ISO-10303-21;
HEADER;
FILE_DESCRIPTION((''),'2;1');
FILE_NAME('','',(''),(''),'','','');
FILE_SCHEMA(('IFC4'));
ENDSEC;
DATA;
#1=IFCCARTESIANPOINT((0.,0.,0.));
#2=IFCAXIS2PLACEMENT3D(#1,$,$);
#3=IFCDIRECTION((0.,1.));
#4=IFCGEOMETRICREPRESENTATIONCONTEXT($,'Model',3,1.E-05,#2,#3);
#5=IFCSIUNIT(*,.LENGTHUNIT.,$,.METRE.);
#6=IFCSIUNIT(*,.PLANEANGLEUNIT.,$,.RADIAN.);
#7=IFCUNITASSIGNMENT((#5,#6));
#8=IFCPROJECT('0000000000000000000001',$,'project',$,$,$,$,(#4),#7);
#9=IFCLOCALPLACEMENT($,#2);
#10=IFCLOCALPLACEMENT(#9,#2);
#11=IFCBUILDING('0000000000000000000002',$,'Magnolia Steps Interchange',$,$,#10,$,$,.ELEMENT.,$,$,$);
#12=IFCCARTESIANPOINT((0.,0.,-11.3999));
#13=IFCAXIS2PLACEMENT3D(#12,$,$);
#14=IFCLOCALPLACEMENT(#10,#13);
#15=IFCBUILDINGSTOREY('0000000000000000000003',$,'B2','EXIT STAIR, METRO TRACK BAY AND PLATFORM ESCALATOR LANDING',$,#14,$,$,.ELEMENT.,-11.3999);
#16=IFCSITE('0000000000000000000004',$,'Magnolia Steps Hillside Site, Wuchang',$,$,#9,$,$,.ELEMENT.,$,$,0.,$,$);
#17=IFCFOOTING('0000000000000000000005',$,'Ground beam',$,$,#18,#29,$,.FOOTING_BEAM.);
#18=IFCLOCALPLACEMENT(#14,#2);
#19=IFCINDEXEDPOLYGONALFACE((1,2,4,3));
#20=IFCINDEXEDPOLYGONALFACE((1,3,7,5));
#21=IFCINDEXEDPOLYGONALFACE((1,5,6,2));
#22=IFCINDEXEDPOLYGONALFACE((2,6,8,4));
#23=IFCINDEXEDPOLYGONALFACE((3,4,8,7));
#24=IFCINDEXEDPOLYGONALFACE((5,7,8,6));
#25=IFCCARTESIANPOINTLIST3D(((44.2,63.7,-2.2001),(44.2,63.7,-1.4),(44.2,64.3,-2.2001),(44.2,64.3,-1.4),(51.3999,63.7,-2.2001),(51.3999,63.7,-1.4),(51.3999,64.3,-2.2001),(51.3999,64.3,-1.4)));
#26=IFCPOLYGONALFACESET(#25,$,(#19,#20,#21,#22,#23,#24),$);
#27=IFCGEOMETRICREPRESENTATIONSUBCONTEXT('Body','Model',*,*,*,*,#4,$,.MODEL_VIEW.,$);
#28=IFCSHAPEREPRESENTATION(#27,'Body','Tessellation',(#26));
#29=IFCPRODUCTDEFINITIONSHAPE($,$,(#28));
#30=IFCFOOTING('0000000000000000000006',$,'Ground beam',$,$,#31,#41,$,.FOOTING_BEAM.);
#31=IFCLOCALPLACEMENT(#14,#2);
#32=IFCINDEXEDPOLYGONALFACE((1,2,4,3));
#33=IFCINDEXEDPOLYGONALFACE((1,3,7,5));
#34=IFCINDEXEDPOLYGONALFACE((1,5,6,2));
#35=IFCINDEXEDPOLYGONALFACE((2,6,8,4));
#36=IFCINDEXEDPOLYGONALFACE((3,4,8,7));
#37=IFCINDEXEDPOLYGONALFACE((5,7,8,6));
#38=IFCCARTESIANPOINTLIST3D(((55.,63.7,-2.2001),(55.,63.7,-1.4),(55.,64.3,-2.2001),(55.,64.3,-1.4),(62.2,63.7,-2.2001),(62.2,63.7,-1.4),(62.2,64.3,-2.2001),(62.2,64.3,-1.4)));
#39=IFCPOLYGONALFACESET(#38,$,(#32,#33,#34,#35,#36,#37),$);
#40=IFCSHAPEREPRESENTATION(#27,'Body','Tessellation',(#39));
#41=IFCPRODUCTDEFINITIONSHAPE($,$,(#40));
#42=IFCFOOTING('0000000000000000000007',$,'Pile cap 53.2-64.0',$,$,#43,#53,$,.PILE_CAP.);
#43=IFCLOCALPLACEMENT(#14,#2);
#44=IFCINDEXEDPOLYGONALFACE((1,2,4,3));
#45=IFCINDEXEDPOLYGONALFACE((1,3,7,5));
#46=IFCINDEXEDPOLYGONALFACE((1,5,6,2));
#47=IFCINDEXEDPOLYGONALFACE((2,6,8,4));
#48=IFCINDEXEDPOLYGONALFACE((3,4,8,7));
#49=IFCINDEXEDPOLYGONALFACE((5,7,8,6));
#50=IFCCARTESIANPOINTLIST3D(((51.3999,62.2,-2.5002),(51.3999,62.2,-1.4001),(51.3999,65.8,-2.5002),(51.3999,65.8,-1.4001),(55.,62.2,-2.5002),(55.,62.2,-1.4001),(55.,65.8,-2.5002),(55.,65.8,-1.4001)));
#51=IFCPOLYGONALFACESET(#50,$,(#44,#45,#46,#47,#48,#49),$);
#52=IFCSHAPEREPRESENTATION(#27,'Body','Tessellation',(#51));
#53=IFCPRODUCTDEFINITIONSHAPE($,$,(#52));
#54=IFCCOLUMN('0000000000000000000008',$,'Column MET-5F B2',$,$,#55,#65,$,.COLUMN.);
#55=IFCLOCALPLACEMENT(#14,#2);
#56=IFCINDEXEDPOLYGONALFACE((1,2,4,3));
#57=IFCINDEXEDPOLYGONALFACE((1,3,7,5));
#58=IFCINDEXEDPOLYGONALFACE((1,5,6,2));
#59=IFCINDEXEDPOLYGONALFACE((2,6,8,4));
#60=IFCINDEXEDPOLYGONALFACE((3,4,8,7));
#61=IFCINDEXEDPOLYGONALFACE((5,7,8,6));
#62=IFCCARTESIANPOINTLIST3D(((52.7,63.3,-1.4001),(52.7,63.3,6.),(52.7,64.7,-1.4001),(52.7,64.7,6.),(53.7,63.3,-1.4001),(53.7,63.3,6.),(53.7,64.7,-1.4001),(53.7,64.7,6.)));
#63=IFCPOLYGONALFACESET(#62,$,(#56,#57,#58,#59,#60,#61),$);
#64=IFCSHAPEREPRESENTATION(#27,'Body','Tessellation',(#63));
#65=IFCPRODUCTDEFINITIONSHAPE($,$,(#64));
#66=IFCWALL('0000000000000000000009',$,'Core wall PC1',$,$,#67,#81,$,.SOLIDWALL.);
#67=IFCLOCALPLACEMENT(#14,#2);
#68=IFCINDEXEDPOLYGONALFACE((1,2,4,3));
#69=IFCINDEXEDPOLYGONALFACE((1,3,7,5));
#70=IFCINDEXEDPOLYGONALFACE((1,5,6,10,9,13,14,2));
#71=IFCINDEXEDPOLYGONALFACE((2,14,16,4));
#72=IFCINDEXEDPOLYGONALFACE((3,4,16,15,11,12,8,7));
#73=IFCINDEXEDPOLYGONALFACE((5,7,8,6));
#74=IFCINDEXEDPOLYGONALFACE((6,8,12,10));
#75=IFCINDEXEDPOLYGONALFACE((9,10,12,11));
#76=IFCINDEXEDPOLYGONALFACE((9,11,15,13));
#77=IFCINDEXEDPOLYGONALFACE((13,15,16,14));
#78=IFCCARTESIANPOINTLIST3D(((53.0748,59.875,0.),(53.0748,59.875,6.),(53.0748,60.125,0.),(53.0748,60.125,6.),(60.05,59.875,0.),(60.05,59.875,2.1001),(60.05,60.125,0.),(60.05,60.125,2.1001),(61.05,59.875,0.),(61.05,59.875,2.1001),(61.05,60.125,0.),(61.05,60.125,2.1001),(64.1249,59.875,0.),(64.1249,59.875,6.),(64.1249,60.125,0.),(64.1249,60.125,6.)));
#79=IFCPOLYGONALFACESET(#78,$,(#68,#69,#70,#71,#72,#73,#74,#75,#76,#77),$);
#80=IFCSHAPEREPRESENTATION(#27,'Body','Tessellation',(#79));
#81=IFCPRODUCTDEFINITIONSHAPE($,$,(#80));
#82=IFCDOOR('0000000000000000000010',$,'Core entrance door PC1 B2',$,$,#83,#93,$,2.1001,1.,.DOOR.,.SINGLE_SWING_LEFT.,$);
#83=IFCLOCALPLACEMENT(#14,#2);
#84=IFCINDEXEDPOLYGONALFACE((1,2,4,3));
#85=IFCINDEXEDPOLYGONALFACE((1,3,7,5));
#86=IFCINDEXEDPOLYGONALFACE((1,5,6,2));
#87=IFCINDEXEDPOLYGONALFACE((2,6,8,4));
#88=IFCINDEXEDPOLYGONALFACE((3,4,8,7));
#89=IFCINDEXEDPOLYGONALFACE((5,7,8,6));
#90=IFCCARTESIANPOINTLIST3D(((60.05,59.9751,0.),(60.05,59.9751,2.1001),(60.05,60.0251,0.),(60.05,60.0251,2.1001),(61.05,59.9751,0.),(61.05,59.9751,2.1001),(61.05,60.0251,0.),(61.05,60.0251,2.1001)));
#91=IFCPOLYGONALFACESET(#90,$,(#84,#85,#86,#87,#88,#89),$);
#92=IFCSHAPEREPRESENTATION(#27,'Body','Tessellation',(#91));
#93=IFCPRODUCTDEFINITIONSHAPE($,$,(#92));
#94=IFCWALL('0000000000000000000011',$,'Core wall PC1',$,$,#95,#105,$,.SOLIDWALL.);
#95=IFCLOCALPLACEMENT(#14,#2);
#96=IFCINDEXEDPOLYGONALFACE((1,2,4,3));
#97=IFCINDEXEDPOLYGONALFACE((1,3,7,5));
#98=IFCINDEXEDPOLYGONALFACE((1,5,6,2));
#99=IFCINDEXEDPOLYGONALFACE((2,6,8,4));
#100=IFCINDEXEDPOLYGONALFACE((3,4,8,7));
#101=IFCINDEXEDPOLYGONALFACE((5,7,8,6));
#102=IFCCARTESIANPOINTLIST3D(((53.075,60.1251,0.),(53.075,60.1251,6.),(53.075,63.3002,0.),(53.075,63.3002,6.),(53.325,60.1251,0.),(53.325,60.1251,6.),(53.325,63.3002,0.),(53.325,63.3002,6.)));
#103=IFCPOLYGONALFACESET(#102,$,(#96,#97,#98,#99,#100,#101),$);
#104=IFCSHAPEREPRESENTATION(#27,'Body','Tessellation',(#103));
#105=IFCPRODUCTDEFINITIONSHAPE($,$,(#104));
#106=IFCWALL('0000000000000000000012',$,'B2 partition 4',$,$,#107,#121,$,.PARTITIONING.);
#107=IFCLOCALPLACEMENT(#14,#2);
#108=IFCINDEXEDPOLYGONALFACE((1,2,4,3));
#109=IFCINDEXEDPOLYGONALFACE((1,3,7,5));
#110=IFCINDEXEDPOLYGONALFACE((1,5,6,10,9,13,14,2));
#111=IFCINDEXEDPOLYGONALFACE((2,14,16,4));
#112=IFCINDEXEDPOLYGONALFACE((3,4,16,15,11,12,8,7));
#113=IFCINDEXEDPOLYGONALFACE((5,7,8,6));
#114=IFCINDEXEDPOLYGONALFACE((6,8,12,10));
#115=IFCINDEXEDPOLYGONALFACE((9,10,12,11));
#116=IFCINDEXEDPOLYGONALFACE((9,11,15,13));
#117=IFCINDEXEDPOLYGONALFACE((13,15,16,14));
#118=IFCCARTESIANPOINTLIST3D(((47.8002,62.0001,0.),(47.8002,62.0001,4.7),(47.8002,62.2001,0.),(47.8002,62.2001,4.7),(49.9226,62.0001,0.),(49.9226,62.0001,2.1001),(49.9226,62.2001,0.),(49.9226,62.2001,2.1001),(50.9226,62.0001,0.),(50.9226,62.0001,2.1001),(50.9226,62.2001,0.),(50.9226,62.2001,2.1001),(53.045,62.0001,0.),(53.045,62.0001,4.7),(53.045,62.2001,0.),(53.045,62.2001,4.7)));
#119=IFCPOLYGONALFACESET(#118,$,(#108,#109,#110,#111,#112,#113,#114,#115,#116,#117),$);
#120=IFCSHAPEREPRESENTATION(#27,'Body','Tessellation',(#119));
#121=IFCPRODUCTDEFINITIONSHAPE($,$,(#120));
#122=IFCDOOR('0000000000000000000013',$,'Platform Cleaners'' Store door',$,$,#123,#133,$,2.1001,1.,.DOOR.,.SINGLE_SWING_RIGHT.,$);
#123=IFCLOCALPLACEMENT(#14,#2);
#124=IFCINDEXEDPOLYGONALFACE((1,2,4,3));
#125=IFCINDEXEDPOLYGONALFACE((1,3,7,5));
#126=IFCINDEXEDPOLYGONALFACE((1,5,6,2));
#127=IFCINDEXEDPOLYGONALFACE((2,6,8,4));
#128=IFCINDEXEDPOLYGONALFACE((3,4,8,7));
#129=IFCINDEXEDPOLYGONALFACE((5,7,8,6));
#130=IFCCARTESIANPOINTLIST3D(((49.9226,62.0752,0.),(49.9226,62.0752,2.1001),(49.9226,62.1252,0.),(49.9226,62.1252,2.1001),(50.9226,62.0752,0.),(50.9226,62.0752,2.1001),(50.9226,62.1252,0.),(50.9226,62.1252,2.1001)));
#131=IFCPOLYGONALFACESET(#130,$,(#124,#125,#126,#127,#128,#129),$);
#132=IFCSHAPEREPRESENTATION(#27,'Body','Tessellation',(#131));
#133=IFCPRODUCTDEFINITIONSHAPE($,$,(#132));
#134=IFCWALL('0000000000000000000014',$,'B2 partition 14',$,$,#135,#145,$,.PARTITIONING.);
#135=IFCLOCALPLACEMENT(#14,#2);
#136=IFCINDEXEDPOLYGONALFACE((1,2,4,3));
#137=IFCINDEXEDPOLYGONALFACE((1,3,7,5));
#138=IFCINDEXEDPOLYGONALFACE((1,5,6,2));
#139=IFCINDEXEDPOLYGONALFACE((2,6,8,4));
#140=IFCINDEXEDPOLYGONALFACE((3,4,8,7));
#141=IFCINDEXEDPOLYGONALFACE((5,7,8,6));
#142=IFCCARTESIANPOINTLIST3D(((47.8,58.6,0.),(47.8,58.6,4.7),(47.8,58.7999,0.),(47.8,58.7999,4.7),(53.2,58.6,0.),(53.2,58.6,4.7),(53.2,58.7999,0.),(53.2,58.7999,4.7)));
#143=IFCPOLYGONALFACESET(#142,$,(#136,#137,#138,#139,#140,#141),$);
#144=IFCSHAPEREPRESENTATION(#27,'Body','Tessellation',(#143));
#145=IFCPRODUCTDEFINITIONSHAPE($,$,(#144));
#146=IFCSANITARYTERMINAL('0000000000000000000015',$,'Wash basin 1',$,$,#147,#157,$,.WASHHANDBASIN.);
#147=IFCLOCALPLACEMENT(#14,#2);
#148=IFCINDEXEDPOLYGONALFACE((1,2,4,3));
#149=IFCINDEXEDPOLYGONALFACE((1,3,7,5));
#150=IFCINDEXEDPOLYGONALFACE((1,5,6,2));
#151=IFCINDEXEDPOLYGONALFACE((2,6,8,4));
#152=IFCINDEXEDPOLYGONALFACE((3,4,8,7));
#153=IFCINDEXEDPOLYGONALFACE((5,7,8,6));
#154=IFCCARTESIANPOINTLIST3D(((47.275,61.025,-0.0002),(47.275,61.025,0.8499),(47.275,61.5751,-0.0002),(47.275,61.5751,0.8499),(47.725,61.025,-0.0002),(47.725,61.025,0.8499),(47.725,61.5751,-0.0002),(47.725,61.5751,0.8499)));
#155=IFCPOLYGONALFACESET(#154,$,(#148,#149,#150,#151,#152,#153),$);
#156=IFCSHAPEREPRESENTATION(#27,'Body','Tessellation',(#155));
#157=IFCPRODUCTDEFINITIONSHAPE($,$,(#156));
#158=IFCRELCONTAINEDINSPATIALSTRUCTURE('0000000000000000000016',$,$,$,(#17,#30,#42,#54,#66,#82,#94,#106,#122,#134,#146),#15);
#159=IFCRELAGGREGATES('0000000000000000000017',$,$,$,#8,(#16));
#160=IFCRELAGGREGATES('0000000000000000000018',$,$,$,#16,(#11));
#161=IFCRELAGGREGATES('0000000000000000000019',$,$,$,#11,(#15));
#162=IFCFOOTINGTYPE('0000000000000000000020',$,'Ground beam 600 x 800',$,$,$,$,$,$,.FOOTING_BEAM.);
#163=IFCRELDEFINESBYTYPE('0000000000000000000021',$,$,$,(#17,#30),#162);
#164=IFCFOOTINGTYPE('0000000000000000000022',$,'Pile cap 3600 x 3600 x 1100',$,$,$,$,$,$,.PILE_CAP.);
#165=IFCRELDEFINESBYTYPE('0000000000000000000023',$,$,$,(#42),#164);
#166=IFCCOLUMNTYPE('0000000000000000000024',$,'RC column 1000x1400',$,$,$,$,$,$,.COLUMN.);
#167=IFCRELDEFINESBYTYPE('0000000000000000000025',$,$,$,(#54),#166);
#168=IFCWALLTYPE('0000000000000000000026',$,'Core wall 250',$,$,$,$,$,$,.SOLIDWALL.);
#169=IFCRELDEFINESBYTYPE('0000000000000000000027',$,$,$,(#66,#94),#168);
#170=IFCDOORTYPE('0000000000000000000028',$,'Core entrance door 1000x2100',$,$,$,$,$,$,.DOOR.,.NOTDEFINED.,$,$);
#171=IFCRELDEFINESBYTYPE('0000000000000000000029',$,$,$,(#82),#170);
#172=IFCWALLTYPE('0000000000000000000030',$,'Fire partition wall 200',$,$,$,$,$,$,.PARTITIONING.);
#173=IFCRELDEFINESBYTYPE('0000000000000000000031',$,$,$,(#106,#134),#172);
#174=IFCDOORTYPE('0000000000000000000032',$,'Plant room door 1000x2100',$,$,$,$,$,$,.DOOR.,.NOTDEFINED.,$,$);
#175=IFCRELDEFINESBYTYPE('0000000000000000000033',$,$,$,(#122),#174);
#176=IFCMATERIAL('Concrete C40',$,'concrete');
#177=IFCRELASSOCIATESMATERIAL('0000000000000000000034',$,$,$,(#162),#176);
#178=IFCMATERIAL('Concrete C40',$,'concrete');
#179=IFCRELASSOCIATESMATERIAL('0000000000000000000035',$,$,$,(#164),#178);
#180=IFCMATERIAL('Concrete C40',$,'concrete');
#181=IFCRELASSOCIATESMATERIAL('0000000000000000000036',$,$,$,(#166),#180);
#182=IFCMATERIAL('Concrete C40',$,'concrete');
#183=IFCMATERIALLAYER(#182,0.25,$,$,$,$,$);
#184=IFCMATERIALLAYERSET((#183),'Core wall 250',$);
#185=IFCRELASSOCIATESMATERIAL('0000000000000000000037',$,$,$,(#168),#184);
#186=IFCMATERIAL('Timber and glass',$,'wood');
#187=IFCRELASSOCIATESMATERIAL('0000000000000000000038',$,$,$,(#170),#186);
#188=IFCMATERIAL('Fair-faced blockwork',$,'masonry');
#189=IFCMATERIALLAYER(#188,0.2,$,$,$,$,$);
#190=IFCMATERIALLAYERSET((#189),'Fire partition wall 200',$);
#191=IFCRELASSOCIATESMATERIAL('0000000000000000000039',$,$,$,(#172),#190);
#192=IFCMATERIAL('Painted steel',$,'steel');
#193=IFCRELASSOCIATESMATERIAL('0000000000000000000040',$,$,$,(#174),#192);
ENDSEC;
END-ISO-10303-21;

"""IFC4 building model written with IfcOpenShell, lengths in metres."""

from ifc_helpers import new_model, si_unit, direction, frame, frame_2d, origin, origin_2d, place, context, subcontext, project, spatial, rectangle, extrude, material, layer, layer_set, material_profile, profile_set, type_object, element, fill, save


model = new_model("IFC4")

# Units and contexts
model_context = context("Model", 3, precision=1e-05, world=origin(), true_north=direction((0.0, 1.0)))
body_context = subcontext(model_context, "Body", "Model", "MODEL_VIEW")
ifc_project = project(units=[si_unit("LENGTHUNIT", "METRE"), si_unit("PLANEANGLEUNIT", "RADIAN")], contexts=[model_context])

# Site, building, storey
site_placement = place(None, origin())
site = spatial("IfcSite", under=ifc_project, at=site_placement, Name="Magnolia Steps Hillside Site, Wuchang", CompositionType="ELEMENT", RefElevation=0.0)
building_placement = place(site_placement, origin())
building = spatial("IfcBuilding", under=site, at=building_placement, Name="Magnolia Steps Interchange", CompositionType="ELEMENT")
storey_placement = place(building_placement, frame((0.0, 0.0, -11.3999)))
storey = spatial("IfcBuildingStorey", under=building, at=storey_placement, Name="B2", Description="EXIT STAIR, METRO TRACK BAY AND PLATFORM ESCALATOR LANDING", CompositionType="ELEMENT", Elevation=-11.3999)

# Footings
ifc_material_1 = material(Name="Concrete C40", Category="concrete")
ifc_material_profile_1 = material_profile(ifc_material_1, rectangle(XDim=0.6001, YDim=0.8, at=origin_2d()), Name="RC600x800")
ifc_profile_set_1 = profile_set([ifc_material_profile_1], Name="Concrete C40")
footing_type_1 = type_object("IfcFootingType", Name="Ground beam 600 x 800", PredefinedType="FOOTING_BEAM", material=ifc_profile_set_1)
for number, where, z_axis, x_axis, name in (
    (1, (44.2, 64.0, -1.8), (1.0, 0.0, 0.0), (0.0, 1.0, 0.0), "Ground beam"),
    (2, (55.0, 64.0, -1.8), (1.0, 0.0, 0.0), (0.0, 1.0, 0.0), "Ground beam"),
):
    element("IfcFooting", number, at=place(storey_placement, frame(where, z_axis=z_axis, x_axis=x_axis)), inside=storey, type_object=footing_type_1, Name=name, PredefinedType="FOOTING_BEAM", context=body_context, shape_type="SweptSolid", body=[
        extrude(rectangle(XDim=0.6001, YDim=0.8, at=origin_2d()), origin(), (0.0, 0.0, 1.0), 7.2),
    ])
ifc_material_2 = material(Name="Concrete C40", Category="concrete")
footing_type_2 = type_object("IfcFootingType", Name="Pile cap 3600 x 3600 x 1100", PredefinedType="PILE_CAP", material=ifc_material_2)
footing_placement = place(storey_placement, frame((53.2, 64.0, -2.5002), z_axis=(0.0, 0.0, 1.0), x_axis=(1.0, 0.0, 0.0)))
element("IfcFooting", 3, at=footing_placement, inside=storey, type_object=footing_type_2, Name="Pile cap 53.2-64.0", PredefinedType="PILE_CAP", context=body_context, shape_type="SweptSolid", body=[
    extrude(rectangle(XDim=3.6001, YDim=3.6001, at=origin_2d()), origin(), (0.0, 0.0, 1.0), 1.1001),
])

# Column
ifc_material_3 = material(Name="Concrete C40", Category="concrete")
ifc_material_profile_2 = material_profile(ifc_material_3, rectangle(XDim=1.0, YDim=1.3999, at=origin_2d()), Name="RC1000x1400")
ifc_profile_set_2 = profile_set([ifc_material_profile_2], Name="Concrete C40")
column_type = type_object("IfcColumnType", Name="RC column 1000x1400", PredefinedType="COLUMN", material=ifc_profile_set_2)
column_placement = place(storey_placement, frame((53.2, 64.0, -1.4001), z_axis=(0.0, 0.0, 1.0), x_axis=(1.0, 0.0, 0.0)))
element("IfcColumn", 4, at=column_placement, inside=storey, type_object=column_type, Name="Column MET-5F B2", PredefinedType="COLUMN", context=body_context, shape_type="SweptSolid", body=[
    extrude(rectangle(XDim=1.0, YDim=1.3999, at=origin_2d()), origin(), (0.0, 0.0, 1.0), 7.4001),
])

# Wall, opening, door
ifc_material_4 = material(Name="Concrete C40", Category="concrete")
ifc_layer_1 = layer(ifc_material_4, 0.25)
ifc_layer_set_1 = layer_set([ifc_layer_1], Name="Core wall 250")
wall_type_1 = type_object("IfcWallType", Name="Core wall 250", PredefinedType="SOLIDWALL", material=ifc_layer_set_1)
wall_1_placement = place(storey_placement, frame((53.075, 60.0, 0.0), z_axis=(0.0, 0.0, 1.0), x_axis=(1.0, 0.0, 0.0)))
wall_1 = element("IfcWall", 5, at=wall_1_placement, inside=storey, type_object=wall_type_1, Name="Core wall PC1", PredefinedType="SOLIDWALL", context=body_context, shape_type="SweptSolid", body=[
    extrude(rectangle(XDim=11.05, YDim=0.25, at=frame_2d((5.5249, 0.0))), origin(), (0.0, 0.0, 1.0), 6.0),
])
opening_1_placement = place(wall_1_placement, frame((6.9751, 0.0, 0.0)))
opening_1 = element("IfcOpeningElement", 6, at=opening_1_placement, cuts=wall_1, PredefinedType="OPENING", context=body_context, shape_type="SweptSolid", body=[
    extrude(rectangle(XDim=1.0, YDim=2.1001, at=frame_2d((0.5, 1.05))), frame((0.0, 0.135, 0.0), z_axis=(0.0, -1.0, 0.0), x_axis=(1.0, 0.0, 0.0)), (0.0, 0.0, 1.0), 0.27),
])
ifc_material_5 = material(Name="Timber and glass", Category="wood")
door_type_1 = type_object("IfcDoorType", Name="Core entrance door 1000x2100", OperationType="NOTDEFINED", PredefinedType="DOOR", material=ifc_material_5)
door_1_placement = place(opening_1_placement, frame((1.0, 0.0, 0.0), z_axis=(0.0, 0.0, 1.0), x_axis=(-1.0, 0.0, 0.0)))
door_1 = element("IfcDoor", 7, at=door_1_placement, inside=storey, type_object=door_type_1, Name="Core entrance door PC1 B2", OperationType="SINGLE_SWING_LEFT", OverallHeight=2.1001, OverallWidth=1.0, PredefinedType="DOOR", context=body_context, shape_type="SweptSolid", body=[
    extrude(rectangle(XDim=1.0, YDim=2.1001, at=frame_2d((0.5, 1.05))), frame((0.0, 0.0249, 0.0), z_axis=(0.0, -1.0, 0.0), x_axis=(1.0, 0.0, 0.0)), (0.0, 0.0, 1.0), 0.05),
])
fill(opening_1, door_1)

# Wall
wall_2_placement = place(storey_placement, frame((53.2, 63.3, 0.0), z_axis=(0.0, 0.0, 1.0), x_axis=(0.0, -1.0, 0.0)))
element("IfcWall", 8, at=wall_2_placement, inside=storey, type_object=wall_type_1, Name="Core wall PC1", PredefinedType="SOLIDWALL", context=body_context, shape_type="SweptSolid", body=[
    extrude(rectangle(XDim=3.175, YDim=0.25, at=frame_2d((1.5874, 0.0))), origin(), (0.0, 0.0, 1.0), 6.0),
])

# Wall, opening, door
ifc_material_6 = material(Name="Fair-faced blockwork", Category="masonry")
ifc_layer_2 = layer(ifc_material_6, 0.2)
ifc_layer_set_2 = layer_set([ifc_layer_2], Name="Fire partition wall 200")
wall_type_2 = type_object("IfcWallType", Name="Fire partition wall 200", PredefinedType="PARTITIONING", material=ifc_layer_set_2)
wall_3_placement = place(storey_placement, frame((47.8, 62.1001, 0.0), z_axis=(0.0, 0.0, 1.0), x_axis=(1.0, 0.0, 0.0)))
wall_3 = element("IfcWall", 9, at=wall_3_placement, inside=storey, type_object=wall_type_2, Name="B2 partition 4", PredefinedType="PARTITIONING", context=body_context, shape_type="SweptSolid", body=[
    extrude(rectangle(XDim=5.2449, YDim=0.2, at=frame_2d((2.6226, 0.0))), origin(), (0.0, 0.0, 1.0), 4.7),
])
opening_2_placement = place(wall_3_placement, frame((2.1226, 0.0, 0.0)))
opening_2 = element("IfcOpeningElement", 10, at=opening_2_placement, cuts=wall_3, PredefinedType="OPENING", context=body_context, shape_type="SweptSolid", body=[
    extrude(rectangle(XDim=1.0, YDim=2.1001, at=frame_2d((0.5, 1.05))), frame((0.0, 0.1099, 0.0), z_axis=(0.0, -1.0, 0.0), x_axis=(1.0, 0.0, 0.0)), (0.0, 0.0, 1.0), 0.22),
])
ifc_material_7 = material(Name="Painted steel", Category="steel")
door_type_2 = type_object("IfcDoorType", Name="Plant room door 1000x2100", OperationType="NOTDEFINED", PredefinedType="DOOR", material=ifc_material_7)
door_2_placement = place(opening_2_placement, frame((1.0, 0.0, 0.0), z_axis=(0.0, 0.0, 1.0), x_axis=(-1.0, 0.0, 0.0)))
door_2 = element("IfcDoor", 11, at=door_2_placement, inside=storey, type_object=door_type_2, Name="Platform Cleaners' Store door", OperationType="SINGLE_SWING_RIGHT", OverallHeight=2.1001, OverallWidth=1.0, PredefinedType="DOOR", context=body_context, shape_type="SweptSolid", body=[
    extrude(rectangle(XDim=1.0, YDim=2.1001, at=frame_2d((0.5, 1.05))), frame((0.0, 0.0249, 0.0), z_axis=(0.0, -1.0, 0.0), x_axis=(1.0, 0.0, 0.0)), (0.0, 0.0, 1.0), 0.05),
])
fill(opening_2, door_2)

# Wall
wall_4_placement = place(storey_placement, frame((47.8, 58.7, 0.0), z_axis=(0.0, 0.0, 1.0), x_axis=(1.0, 0.0, 0.0)))
element("IfcWall", 12, at=wall_4_placement, inside=storey, type_object=wall_type_2, Name="B2 partition 14", PredefinedType="PARTITIONING", context=body_context, shape_type="SweptSolid", body=[
    extrude(rectangle(XDim=5.3999, YDim=0.2, at=frame_2d((2.7, 0.0))), origin(), (0.0, 0.0, 1.0), 4.7),
])

# Sanitary terminal
sanitary_terminal_placement = place(storey_placement, frame((47.5, 61.3, -0.0002), z_axis=(0.0, 0.0, 1.0), x_axis=(1.0, 0.0, 0.0)))
element("IfcSanitaryTerminal", 13, at=sanitary_terminal_placement, inside=storey, Name="Wash basin 1", PredefinedType="WASHHANDBASIN", context=body_context, shape_type="SweptSolid", body=[
    extrude(rectangle(XDim=0.45, YDim=0.55, at=origin_2d()), origin(), (0.0, 0.0, 1.0), 0.8501),
])

save(model, "model.ifc")
